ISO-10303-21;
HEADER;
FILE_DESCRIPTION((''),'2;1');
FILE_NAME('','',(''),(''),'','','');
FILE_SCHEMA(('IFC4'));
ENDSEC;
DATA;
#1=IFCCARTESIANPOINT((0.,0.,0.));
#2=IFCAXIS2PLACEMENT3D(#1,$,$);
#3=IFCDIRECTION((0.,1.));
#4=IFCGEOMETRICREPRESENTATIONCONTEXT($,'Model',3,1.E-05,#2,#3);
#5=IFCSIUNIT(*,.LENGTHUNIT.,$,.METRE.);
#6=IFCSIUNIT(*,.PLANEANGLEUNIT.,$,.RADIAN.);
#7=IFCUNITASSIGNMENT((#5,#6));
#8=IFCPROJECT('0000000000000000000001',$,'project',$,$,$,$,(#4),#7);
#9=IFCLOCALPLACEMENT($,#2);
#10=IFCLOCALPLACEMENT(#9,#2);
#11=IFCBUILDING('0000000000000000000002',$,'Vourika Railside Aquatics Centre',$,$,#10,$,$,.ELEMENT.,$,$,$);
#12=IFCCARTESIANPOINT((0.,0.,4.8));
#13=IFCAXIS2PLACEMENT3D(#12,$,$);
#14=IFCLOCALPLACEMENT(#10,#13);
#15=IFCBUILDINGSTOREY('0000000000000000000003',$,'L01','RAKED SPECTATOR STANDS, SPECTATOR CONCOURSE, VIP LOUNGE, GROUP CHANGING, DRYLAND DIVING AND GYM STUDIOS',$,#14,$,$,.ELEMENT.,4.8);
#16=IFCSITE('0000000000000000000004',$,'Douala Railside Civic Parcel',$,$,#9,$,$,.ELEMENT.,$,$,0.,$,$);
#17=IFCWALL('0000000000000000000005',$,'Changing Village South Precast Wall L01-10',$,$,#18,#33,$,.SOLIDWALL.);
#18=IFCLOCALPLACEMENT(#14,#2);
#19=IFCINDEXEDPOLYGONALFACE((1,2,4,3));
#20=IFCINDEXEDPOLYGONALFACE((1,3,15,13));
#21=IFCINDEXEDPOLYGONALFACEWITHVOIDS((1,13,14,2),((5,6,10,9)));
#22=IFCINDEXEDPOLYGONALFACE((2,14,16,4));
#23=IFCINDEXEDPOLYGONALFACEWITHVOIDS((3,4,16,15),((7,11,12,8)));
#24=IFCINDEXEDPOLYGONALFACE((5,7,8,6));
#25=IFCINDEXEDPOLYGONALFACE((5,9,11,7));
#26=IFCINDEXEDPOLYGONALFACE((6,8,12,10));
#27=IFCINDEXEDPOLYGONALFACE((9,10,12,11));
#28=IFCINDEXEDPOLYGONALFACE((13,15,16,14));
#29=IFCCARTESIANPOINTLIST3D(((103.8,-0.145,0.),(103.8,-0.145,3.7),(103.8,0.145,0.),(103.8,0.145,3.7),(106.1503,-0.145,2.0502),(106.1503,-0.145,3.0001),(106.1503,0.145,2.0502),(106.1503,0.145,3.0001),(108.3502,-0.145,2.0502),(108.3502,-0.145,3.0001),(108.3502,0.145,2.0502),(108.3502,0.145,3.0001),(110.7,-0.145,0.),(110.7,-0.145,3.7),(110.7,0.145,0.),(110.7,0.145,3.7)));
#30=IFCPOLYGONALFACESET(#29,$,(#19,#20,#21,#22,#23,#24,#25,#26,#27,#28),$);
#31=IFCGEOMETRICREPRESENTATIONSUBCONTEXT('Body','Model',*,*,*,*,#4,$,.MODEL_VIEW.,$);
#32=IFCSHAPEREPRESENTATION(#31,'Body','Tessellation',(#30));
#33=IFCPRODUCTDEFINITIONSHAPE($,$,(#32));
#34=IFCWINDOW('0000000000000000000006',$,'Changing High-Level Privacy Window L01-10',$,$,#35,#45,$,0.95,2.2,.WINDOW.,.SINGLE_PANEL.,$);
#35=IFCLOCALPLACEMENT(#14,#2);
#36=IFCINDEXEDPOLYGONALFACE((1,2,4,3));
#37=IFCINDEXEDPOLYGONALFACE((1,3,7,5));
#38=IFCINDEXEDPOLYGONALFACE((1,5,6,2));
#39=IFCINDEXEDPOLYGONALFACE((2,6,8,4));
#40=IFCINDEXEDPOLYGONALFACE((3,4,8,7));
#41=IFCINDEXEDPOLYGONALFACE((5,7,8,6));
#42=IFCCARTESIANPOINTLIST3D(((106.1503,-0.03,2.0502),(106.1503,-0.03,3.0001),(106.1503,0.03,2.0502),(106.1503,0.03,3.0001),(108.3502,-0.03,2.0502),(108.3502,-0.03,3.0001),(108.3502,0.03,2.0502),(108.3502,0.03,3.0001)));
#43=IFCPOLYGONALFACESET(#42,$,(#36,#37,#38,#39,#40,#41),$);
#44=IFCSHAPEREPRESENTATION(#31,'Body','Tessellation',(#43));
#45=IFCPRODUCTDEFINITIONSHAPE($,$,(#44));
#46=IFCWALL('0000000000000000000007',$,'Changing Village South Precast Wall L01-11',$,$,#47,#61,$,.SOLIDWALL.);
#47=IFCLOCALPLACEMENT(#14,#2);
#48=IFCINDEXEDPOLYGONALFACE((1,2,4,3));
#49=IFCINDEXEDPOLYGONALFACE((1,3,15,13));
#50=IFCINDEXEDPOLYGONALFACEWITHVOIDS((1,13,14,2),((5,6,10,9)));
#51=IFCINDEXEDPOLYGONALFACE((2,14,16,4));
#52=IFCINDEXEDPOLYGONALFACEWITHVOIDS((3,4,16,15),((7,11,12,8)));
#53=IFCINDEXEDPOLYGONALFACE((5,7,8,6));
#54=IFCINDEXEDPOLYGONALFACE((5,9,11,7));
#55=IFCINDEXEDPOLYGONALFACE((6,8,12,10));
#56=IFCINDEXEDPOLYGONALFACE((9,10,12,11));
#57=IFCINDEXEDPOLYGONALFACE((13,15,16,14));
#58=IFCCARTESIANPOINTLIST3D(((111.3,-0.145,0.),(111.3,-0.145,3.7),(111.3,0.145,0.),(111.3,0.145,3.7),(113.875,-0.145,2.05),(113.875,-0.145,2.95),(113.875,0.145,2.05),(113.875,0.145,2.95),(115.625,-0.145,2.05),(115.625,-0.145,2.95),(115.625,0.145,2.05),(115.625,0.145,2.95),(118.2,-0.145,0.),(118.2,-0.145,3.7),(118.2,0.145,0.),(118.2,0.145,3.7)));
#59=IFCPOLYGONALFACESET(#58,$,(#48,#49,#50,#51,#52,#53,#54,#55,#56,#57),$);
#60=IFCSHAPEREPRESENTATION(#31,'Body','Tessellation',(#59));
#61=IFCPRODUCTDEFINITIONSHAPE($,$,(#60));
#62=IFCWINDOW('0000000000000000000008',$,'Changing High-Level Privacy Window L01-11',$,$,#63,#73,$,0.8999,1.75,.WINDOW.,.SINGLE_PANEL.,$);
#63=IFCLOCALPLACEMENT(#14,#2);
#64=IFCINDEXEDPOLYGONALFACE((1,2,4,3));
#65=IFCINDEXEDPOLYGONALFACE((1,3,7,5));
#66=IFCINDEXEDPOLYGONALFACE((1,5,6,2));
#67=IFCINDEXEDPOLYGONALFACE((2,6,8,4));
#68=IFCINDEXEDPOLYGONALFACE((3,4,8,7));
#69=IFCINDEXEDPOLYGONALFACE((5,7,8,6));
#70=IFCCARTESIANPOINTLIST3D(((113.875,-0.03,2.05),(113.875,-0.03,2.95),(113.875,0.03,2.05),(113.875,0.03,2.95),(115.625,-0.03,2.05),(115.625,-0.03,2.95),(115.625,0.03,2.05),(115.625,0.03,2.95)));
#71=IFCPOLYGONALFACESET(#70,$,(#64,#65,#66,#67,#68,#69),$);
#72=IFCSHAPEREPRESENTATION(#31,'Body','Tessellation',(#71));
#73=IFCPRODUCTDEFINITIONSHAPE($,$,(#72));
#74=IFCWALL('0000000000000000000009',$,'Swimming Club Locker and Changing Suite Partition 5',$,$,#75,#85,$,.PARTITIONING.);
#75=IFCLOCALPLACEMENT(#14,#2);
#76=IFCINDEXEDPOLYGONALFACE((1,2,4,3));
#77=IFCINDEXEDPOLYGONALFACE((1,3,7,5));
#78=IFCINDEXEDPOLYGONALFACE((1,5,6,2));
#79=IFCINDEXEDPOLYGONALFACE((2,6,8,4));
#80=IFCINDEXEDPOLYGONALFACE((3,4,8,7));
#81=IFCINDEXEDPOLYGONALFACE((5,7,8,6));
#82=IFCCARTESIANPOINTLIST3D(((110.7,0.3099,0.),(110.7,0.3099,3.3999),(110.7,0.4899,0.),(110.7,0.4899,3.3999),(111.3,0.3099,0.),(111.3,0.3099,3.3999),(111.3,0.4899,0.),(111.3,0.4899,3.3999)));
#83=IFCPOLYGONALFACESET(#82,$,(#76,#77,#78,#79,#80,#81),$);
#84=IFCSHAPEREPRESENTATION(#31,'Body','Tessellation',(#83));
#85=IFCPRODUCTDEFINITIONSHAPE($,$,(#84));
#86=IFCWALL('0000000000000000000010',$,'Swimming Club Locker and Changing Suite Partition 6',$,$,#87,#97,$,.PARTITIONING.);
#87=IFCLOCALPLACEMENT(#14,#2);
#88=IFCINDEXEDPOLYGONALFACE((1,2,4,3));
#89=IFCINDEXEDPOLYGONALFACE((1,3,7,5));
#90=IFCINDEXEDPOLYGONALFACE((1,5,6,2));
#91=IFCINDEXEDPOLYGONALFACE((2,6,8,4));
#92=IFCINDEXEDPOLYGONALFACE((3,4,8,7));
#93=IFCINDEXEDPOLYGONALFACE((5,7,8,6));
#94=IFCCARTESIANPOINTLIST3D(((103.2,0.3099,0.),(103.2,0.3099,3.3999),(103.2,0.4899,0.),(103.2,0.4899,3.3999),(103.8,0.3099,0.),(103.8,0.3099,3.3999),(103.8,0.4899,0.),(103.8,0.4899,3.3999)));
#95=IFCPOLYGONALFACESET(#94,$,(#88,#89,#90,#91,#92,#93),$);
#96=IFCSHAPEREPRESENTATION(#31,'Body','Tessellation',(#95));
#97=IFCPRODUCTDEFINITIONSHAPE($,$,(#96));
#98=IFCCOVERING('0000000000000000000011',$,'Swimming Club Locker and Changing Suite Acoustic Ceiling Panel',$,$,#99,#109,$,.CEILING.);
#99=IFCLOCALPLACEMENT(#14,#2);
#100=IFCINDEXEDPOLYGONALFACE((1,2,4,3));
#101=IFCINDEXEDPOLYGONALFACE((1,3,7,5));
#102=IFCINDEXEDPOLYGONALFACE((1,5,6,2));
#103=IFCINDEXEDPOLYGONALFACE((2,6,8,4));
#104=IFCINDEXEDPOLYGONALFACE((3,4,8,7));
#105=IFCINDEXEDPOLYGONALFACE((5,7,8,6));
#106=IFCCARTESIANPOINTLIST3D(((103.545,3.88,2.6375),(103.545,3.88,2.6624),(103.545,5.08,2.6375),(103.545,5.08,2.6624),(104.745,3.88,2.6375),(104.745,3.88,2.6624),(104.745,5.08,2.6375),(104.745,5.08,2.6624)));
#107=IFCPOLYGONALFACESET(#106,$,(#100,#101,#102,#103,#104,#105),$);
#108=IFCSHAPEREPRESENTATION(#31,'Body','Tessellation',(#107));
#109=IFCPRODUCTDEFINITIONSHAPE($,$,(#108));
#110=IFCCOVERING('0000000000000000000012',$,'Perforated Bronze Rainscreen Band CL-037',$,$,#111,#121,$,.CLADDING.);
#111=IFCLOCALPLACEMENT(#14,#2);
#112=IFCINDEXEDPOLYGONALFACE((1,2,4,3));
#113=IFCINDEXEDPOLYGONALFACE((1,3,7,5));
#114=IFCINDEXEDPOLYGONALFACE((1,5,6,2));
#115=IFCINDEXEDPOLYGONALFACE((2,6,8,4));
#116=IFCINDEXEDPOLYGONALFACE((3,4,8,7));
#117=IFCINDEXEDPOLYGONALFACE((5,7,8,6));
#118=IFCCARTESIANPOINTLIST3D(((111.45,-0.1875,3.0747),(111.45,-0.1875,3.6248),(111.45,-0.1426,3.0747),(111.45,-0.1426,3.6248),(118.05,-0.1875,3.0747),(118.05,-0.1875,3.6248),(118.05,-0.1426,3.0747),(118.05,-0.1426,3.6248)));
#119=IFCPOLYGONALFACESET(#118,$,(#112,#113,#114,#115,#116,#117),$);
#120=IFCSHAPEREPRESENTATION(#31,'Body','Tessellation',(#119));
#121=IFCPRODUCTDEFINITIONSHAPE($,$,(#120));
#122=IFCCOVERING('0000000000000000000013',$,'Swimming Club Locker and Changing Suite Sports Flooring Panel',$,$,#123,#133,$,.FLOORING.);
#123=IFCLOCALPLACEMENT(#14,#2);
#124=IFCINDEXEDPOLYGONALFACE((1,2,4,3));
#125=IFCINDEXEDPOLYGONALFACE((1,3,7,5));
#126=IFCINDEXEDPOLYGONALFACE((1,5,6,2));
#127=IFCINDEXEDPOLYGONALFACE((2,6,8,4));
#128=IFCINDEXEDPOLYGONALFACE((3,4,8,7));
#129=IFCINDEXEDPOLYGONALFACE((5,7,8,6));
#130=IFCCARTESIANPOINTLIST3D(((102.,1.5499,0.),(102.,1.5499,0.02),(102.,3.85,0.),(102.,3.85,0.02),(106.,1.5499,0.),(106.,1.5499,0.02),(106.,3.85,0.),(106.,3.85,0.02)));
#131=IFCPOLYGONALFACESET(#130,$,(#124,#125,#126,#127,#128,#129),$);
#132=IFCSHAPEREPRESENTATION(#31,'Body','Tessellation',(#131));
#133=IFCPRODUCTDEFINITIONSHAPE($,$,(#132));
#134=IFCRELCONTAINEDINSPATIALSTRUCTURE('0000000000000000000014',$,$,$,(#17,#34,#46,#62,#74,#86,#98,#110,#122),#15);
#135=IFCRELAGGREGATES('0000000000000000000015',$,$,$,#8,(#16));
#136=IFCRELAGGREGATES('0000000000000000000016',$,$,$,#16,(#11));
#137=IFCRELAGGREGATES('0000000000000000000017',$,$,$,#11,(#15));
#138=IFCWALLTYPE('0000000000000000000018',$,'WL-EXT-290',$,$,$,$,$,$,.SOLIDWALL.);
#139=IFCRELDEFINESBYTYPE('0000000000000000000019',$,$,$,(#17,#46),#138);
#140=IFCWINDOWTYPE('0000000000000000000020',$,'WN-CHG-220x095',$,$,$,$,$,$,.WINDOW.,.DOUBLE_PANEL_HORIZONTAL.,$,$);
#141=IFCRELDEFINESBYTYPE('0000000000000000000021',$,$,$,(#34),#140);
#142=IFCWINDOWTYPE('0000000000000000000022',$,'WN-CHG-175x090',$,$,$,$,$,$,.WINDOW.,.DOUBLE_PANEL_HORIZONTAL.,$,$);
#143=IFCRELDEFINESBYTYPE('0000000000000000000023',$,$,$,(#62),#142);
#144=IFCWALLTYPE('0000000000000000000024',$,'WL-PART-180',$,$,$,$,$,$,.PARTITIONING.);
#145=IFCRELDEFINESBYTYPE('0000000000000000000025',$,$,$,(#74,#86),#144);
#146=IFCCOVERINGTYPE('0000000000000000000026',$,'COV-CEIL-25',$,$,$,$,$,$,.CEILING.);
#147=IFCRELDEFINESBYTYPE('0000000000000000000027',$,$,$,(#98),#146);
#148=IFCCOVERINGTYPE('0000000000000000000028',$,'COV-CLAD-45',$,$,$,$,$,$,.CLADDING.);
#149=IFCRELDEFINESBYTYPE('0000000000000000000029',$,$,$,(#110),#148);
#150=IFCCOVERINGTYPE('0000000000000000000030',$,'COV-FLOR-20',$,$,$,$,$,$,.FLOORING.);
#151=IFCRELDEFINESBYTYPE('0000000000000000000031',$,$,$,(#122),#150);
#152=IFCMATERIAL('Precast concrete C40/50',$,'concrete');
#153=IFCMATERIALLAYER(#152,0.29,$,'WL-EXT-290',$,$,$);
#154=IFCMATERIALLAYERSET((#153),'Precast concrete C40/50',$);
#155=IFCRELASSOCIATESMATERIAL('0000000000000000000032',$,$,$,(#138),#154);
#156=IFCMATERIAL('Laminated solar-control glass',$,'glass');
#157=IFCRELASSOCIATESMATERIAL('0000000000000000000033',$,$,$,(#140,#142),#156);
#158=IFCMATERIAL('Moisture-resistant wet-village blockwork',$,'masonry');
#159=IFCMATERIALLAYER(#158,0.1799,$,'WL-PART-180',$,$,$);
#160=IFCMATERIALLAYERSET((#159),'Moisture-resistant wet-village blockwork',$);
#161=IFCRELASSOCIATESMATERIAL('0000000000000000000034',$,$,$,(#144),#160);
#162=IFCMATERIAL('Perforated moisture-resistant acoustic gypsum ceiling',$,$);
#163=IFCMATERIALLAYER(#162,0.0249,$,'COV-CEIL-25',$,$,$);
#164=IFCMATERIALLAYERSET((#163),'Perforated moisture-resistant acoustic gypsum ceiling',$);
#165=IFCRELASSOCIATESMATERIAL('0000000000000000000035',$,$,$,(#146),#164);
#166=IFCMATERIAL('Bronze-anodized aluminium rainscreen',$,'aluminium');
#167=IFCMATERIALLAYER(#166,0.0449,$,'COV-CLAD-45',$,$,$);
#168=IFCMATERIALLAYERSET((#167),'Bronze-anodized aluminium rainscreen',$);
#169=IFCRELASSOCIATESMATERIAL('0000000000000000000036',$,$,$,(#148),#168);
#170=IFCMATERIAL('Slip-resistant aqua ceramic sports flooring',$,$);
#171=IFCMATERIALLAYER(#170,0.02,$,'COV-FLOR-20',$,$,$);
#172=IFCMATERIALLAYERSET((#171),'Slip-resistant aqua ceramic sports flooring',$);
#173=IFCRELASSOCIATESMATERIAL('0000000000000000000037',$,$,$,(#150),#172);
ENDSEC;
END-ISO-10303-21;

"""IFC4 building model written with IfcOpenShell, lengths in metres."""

from ifc_helpers import new_model, si_unit, direction, frame, frame_2d, origin, origin_2d, place, context, subcontext, project, spatial, rectangle, extrude, material, layer, layer_set, type_object, element, fill, save


model = new_model("IFC4")

# Units and contexts
model_context = context("Model", 3, precision=1e-05, world=origin(), true_north=direction((0.0, 1.0)))
body_context = subcontext(model_context, "Body", "Model", "MODEL_VIEW")
ifc_project = project(units=[si_unit("LENGTHUNIT", "METRE"), si_unit("PLANEANGLEUNIT", "RADIAN")], contexts=[model_context])

# Site, building, storey
site_placement = place(None, origin())
site = spatial("IfcSite", under=ifc_project, at=site_placement, Name="Douala Railside Civic Parcel", CompositionType="ELEMENT", RefElevation=0.0)
building_placement = place(site_placement, origin())
building = spatial("IfcBuilding", under=site, at=building_placement, Name="Vourika Railside Aquatics Centre", CompositionType="ELEMENT")
storey_placement = place(building_placement, frame((0.0, 0.0, 4.8)))
storey = spatial("IfcBuildingStorey", under=building, at=storey_placement, Name="L01", Description="RAKED SPECTATOR STANDS, SPECTATOR CONCOURSE, VIP LOUNGE, GROUP CHANGING, DRYLAND DIVING AND GYM STUDIOS", CompositionType="ELEMENT", Elevation=4.8)

# Walls, openings, windows
ifc_material_1 = material(Name="Precast concrete C40/50", Category="concrete")
ifc_layer_1 = layer(ifc_material_1, 0.29, Name="WL-EXT-290")
ifc_layer_set_1 = layer_set([ifc_layer_1], Name="Precast concrete C40/50")
wall_type_1 = type_object("IfcWallType", Name="WL-EXT-290", PredefinedType="SOLIDWALL", material=ifc_layer_set_1)
wall_1_placement = place(storey_placement, frame((103.8, 0.0, 0.0), z_axis=(0.0, 0.0, 1.0), x_axis=(1.0, 0.0, 0.0)))
wall_1 = element("IfcWall", 1, at=wall_1_placement, inside=storey, type_object=wall_type_1, Name="Changing Village South Precast Wall L01-10", PredefinedType="SOLIDWALL", context=body_context, shape_type="SweptSolid", body=[
    extrude(rectangle(XDim=6.8999, YDim=0.29, at=frame_2d((3.45, 0.0))), origin(), (0.0, 0.0, 1.0), 3.7),
])
opening_1_placement = place(wall_1_placement, frame((2.3501, 0.0, 2.05)))
opening_1 = element("IfcOpeningElement", 2, at=opening_1_placement, cuts=wall_1, PredefinedType="OPENING", context=body_context, shape_type="SweptSolid", body=[
    extrude(rectangle(XDim=2.2, YDim=0.95, at=frame_2d((1.1001, 0.4751))), frame((0.0, 0.155, 0.0), z_axis=(0.0, -1.0, 0.0), x_axis=(1.0, 0.0, 0.0)), (0.0, 0.0, 1.0), 0.3101),
])
ifc_material_2 = material(Name="Laminated solar-control glass", Category="glass")
window_type_1 = type_object("IfcWindowType", Name="WN-CHG-220x095", PartitioningType="DOUBLE_PANEL_HORIZONTAL", PredefinedType="WINDOW", material=ifc_material_2)
window_1_placement = place(opening_1_placement, origin())
window_1 = element("IfcWindow", 3, at=window_1_placement, inside=storey, type_object=window_type_1, Name="Changing High-Level Privacy Window L01-10", OverallHeight=0.95, OverallWidth=2.2, PartitioningType="SINGLE_PANEL", PredefinedType="WINDOW", context=body_context, shape_type="SweptSolid", body=[
    extrude(rectangle(XDim=2.2, YDim=0.95, at=frame_2d((1.1001, 0.4751))), frame((0.0, 0.03, 0.0), z_axis=(0.0, -1.0, 0.0), x_axis=(1.0, 0.0, 0.0)), (0.0, 0.0, 1.0), 0.0601),
])
fill(opening_1, window_1)
wall_2_placement = place(storey_placement, frame((111.3, 0.0, 0.0), z_axis=(0.0, 0.0, 1.0), x_axis=(1.0, 0.0, 0.0)))
wall_2 = element("IfcWall", 4, at=wall_2_placement, inside=storey, type_object=wall_type_1, Name="Changing Village South Precast Wall L01-11", PredefinedType="SOLIDWALL", context=body_context, shape_type="SweptSolid", body=[
    extrude(rectangle(XDim=6.8999, YDim=0.29, at=frame_2d((3.45, 0.0))), origin(), (0.0, 0.0, 1.0), 3.7),
])
opening_2_placement = place(wall_2_placement, frame((2.575, 0.0, 2.05)))
opening_2 = element("IfcOpeningElement", 5, at=opening_2_placement, cuts=wall_2, PredefinedType="OPENING", context=body_context, shape_type="SweptSolid", body=[
    extrude(rectangle(XDim=1.75, YDim=0.8999, at=frame_2d((0.875, 0.45))), frame((0.0, 0.155, 0.0), z_axis=(0.0, -1.0, 0.0), x_axis=(1.0, 0.0, 0.0)), (0.0, 0.0, 1.0), 0.3101),
])
window_type_2 = type_object("IfcWindowType", Name="WN-CHG-175x090", PartitioningType="DOUBLE_PANEL_HORIZONTAL", PredefinedType="WINDOW", material=ifc_material_2)
window_2_placement = place(opening_2_placement, origin())
window_2 = element("IfcWindow", 6, at=window_2_placement, inside=storey, type_object=window_type_2, Name="Changing High-Level Privacy Window L01-11", OverallHeight=0.8999, OverallWidth=1.75, PartitioningType="SINGLE_PANEL", PredefinedType="WINDOW", context=body_context, shape_type="SweptSolid", body=[
    extrude(rectangle(XDim=1.75, YDim=0.8999, at=frame_2d((0.875, 0.45))), frame((0.0, 0.03, 0.0), z_axis=(0.0, -1.0, 0.0), x_axis=(1.0, 0.0, 0.0)), (0.0, 0.0, 1.0), 0.0601),
])
fill(opening_2, window_2)

# Walls
ifc_material_3 = material(Name="Moisture-resistant wet-village blockwork", Category="masonry")
ifc_layer_2 = layer(ifc_material_3, 0.1799, Name="WL-PART-180")
ifc_layer_set_2 = layer_set([ifc_layer_2], Name="Moisture-resistant wet-village blockwork")
wall_type_2 = type_object("IfcWallType", Name="WL-PART-180", PredefinedType="PARTITIONING", material=ifc_layer_set_2)
for number, where, z_axis, x_axis, name in (
    (7, (111.3, 0.3999, 0.0), (0.0, 0.0, 1.0), (-1.0, 0.0, 0.0), "Swimming Club Locker and Changing Suite Partition 5"),
    (8, (103.8, 0.3999, 0.0), (0.0, 0.0, 1.0), (-1.0, 0.0, 0.0), "Swimming Club Locker and Changing Suite Partition 6"),
):
    element("IfcWall", number, at=place(storey_placement, frame(where, z_axis=z_axis, x_axis=x_axis)), inside=storey, type_object=wall_type_2, Name=name, PredefinedType="PARTITIONING", context=body_context, shape_type="SweptSolid", body=[
        extrude(rectangle(XDim=0.6001, YDim=0.1799, at=frame_2d((0.3, 0.0))), origin(), (0.0, 0.0, 1.0), 3.3999),
    ])

# Coverings
ifc_material_4 = material(Name="Perforated moisture-resistant acoustic gypsum ceiling")
ifc_layer_3 = layer(ifc_material_4, 0.0249, Name="COV-CEIL-25")
ifc_layer_set_3 = layer_set([ifc_layer_3], Name="Perforated moisture-resistant acoustic gypsum ceiling")
covering_type_1 = type_object("IfcCoveringType", Name="COV-CEIL-25", PredefinedType="CEILING", material=ifc_layer_set_3)
covering_1_placement = place(storey_placement, frame((104.145, 4.48, 2.6375), z_axis=(0.0, 0.0, 1.0), x_axis=(1.0, 0.0, 0.0)))
element("IfcCovering", 9, at=covering_1_placement, inside=storey, type_object=covering_type_1, Name="Swimming Club Locker and Changing Suite Acoustic Ceiling Panel", PredefinedType="CEILING", context=body_context, shape_type="SweptSolid", body=[
    extrude(rectangle(XDim=1.2, YDim=1.2, at=origin_2d()), origin(), (0.0, 0.0, 1.0), 0.0249),
])
ifc_material_5 = material(Name="Bronze-anodized aluminium rainscreen", Category="aluminium")
ifc_layer_4 = layer(ifc_material_5, 0.0449, Name="COV-CLAD-45")
ifc_layer_set_4 = layer_set([ifc_layer_4], Name="Bronze-anodized aluminium rainscreen")
covering_type_2 = type_object("IfcCoveringType", Name="COV-CLAD-45", PredefinedType="CLADDING", material=ifc_layer_set_4)
covering_2_placement = place(storey_placement, frame((114.75, -0.165, 3.0747), z_axis=(0.0, 0.0, 1.0), x_axis=(1.0, 0.0, 0.0)))
element("IfcCovering", 10, at=covering_2_placement, inside=storey, type_object=covering_type_2, Name="Perforated Bronze Rainscreen Band CL-037", PredefinedType="CLADDING", context=body_context, shape_type="SweptSolid", body=[
    extrude(rectangle(XDim=6.6001, YDim=0.0449, at=origin_2d()), origin(), (0.0, 0.0, 1.0), 0.55),
])
ifc_material_6 = material(Name="Slip-resistant aqua ceramic sports flooring")
ifc_layer_5 = layer(ifc_material_6, 0.02, Name="COV-FLOR-20")
ifc_layer_set_5 = layer_set([ifc_layer_5], Name="Slip-resistant aqua ceramic sports flooring")
covering_type_3 = type_object("IfcCoveringType", Name="COV-FLOR-20", PredefinedType="FLOORING", material=ifc_layer_set_5)
covering_3_placement = place(storey_placement, frame((104.0, 2.7, 0.0), z_axis=(0.0, 0.0, 1.0), x_axis=(1.0, 0.0, 0.0)))
element("IfcCovering", 11, at=covering_3_placement, inside=storey, type_object=covering_type_3, Name="Swimming Club Locker and Changing Suite Sports Flooring Panel", PredefinedType="FLOORING", context=body_context, shape_type="SweptSolid", body=[
    extrude(rectangle(XDim=4.0, YDim=2.3, at=origin_2d()), origin(), (0.0, 0.0, 1.0), 0.02),
])

save(model, "model.ifc")
